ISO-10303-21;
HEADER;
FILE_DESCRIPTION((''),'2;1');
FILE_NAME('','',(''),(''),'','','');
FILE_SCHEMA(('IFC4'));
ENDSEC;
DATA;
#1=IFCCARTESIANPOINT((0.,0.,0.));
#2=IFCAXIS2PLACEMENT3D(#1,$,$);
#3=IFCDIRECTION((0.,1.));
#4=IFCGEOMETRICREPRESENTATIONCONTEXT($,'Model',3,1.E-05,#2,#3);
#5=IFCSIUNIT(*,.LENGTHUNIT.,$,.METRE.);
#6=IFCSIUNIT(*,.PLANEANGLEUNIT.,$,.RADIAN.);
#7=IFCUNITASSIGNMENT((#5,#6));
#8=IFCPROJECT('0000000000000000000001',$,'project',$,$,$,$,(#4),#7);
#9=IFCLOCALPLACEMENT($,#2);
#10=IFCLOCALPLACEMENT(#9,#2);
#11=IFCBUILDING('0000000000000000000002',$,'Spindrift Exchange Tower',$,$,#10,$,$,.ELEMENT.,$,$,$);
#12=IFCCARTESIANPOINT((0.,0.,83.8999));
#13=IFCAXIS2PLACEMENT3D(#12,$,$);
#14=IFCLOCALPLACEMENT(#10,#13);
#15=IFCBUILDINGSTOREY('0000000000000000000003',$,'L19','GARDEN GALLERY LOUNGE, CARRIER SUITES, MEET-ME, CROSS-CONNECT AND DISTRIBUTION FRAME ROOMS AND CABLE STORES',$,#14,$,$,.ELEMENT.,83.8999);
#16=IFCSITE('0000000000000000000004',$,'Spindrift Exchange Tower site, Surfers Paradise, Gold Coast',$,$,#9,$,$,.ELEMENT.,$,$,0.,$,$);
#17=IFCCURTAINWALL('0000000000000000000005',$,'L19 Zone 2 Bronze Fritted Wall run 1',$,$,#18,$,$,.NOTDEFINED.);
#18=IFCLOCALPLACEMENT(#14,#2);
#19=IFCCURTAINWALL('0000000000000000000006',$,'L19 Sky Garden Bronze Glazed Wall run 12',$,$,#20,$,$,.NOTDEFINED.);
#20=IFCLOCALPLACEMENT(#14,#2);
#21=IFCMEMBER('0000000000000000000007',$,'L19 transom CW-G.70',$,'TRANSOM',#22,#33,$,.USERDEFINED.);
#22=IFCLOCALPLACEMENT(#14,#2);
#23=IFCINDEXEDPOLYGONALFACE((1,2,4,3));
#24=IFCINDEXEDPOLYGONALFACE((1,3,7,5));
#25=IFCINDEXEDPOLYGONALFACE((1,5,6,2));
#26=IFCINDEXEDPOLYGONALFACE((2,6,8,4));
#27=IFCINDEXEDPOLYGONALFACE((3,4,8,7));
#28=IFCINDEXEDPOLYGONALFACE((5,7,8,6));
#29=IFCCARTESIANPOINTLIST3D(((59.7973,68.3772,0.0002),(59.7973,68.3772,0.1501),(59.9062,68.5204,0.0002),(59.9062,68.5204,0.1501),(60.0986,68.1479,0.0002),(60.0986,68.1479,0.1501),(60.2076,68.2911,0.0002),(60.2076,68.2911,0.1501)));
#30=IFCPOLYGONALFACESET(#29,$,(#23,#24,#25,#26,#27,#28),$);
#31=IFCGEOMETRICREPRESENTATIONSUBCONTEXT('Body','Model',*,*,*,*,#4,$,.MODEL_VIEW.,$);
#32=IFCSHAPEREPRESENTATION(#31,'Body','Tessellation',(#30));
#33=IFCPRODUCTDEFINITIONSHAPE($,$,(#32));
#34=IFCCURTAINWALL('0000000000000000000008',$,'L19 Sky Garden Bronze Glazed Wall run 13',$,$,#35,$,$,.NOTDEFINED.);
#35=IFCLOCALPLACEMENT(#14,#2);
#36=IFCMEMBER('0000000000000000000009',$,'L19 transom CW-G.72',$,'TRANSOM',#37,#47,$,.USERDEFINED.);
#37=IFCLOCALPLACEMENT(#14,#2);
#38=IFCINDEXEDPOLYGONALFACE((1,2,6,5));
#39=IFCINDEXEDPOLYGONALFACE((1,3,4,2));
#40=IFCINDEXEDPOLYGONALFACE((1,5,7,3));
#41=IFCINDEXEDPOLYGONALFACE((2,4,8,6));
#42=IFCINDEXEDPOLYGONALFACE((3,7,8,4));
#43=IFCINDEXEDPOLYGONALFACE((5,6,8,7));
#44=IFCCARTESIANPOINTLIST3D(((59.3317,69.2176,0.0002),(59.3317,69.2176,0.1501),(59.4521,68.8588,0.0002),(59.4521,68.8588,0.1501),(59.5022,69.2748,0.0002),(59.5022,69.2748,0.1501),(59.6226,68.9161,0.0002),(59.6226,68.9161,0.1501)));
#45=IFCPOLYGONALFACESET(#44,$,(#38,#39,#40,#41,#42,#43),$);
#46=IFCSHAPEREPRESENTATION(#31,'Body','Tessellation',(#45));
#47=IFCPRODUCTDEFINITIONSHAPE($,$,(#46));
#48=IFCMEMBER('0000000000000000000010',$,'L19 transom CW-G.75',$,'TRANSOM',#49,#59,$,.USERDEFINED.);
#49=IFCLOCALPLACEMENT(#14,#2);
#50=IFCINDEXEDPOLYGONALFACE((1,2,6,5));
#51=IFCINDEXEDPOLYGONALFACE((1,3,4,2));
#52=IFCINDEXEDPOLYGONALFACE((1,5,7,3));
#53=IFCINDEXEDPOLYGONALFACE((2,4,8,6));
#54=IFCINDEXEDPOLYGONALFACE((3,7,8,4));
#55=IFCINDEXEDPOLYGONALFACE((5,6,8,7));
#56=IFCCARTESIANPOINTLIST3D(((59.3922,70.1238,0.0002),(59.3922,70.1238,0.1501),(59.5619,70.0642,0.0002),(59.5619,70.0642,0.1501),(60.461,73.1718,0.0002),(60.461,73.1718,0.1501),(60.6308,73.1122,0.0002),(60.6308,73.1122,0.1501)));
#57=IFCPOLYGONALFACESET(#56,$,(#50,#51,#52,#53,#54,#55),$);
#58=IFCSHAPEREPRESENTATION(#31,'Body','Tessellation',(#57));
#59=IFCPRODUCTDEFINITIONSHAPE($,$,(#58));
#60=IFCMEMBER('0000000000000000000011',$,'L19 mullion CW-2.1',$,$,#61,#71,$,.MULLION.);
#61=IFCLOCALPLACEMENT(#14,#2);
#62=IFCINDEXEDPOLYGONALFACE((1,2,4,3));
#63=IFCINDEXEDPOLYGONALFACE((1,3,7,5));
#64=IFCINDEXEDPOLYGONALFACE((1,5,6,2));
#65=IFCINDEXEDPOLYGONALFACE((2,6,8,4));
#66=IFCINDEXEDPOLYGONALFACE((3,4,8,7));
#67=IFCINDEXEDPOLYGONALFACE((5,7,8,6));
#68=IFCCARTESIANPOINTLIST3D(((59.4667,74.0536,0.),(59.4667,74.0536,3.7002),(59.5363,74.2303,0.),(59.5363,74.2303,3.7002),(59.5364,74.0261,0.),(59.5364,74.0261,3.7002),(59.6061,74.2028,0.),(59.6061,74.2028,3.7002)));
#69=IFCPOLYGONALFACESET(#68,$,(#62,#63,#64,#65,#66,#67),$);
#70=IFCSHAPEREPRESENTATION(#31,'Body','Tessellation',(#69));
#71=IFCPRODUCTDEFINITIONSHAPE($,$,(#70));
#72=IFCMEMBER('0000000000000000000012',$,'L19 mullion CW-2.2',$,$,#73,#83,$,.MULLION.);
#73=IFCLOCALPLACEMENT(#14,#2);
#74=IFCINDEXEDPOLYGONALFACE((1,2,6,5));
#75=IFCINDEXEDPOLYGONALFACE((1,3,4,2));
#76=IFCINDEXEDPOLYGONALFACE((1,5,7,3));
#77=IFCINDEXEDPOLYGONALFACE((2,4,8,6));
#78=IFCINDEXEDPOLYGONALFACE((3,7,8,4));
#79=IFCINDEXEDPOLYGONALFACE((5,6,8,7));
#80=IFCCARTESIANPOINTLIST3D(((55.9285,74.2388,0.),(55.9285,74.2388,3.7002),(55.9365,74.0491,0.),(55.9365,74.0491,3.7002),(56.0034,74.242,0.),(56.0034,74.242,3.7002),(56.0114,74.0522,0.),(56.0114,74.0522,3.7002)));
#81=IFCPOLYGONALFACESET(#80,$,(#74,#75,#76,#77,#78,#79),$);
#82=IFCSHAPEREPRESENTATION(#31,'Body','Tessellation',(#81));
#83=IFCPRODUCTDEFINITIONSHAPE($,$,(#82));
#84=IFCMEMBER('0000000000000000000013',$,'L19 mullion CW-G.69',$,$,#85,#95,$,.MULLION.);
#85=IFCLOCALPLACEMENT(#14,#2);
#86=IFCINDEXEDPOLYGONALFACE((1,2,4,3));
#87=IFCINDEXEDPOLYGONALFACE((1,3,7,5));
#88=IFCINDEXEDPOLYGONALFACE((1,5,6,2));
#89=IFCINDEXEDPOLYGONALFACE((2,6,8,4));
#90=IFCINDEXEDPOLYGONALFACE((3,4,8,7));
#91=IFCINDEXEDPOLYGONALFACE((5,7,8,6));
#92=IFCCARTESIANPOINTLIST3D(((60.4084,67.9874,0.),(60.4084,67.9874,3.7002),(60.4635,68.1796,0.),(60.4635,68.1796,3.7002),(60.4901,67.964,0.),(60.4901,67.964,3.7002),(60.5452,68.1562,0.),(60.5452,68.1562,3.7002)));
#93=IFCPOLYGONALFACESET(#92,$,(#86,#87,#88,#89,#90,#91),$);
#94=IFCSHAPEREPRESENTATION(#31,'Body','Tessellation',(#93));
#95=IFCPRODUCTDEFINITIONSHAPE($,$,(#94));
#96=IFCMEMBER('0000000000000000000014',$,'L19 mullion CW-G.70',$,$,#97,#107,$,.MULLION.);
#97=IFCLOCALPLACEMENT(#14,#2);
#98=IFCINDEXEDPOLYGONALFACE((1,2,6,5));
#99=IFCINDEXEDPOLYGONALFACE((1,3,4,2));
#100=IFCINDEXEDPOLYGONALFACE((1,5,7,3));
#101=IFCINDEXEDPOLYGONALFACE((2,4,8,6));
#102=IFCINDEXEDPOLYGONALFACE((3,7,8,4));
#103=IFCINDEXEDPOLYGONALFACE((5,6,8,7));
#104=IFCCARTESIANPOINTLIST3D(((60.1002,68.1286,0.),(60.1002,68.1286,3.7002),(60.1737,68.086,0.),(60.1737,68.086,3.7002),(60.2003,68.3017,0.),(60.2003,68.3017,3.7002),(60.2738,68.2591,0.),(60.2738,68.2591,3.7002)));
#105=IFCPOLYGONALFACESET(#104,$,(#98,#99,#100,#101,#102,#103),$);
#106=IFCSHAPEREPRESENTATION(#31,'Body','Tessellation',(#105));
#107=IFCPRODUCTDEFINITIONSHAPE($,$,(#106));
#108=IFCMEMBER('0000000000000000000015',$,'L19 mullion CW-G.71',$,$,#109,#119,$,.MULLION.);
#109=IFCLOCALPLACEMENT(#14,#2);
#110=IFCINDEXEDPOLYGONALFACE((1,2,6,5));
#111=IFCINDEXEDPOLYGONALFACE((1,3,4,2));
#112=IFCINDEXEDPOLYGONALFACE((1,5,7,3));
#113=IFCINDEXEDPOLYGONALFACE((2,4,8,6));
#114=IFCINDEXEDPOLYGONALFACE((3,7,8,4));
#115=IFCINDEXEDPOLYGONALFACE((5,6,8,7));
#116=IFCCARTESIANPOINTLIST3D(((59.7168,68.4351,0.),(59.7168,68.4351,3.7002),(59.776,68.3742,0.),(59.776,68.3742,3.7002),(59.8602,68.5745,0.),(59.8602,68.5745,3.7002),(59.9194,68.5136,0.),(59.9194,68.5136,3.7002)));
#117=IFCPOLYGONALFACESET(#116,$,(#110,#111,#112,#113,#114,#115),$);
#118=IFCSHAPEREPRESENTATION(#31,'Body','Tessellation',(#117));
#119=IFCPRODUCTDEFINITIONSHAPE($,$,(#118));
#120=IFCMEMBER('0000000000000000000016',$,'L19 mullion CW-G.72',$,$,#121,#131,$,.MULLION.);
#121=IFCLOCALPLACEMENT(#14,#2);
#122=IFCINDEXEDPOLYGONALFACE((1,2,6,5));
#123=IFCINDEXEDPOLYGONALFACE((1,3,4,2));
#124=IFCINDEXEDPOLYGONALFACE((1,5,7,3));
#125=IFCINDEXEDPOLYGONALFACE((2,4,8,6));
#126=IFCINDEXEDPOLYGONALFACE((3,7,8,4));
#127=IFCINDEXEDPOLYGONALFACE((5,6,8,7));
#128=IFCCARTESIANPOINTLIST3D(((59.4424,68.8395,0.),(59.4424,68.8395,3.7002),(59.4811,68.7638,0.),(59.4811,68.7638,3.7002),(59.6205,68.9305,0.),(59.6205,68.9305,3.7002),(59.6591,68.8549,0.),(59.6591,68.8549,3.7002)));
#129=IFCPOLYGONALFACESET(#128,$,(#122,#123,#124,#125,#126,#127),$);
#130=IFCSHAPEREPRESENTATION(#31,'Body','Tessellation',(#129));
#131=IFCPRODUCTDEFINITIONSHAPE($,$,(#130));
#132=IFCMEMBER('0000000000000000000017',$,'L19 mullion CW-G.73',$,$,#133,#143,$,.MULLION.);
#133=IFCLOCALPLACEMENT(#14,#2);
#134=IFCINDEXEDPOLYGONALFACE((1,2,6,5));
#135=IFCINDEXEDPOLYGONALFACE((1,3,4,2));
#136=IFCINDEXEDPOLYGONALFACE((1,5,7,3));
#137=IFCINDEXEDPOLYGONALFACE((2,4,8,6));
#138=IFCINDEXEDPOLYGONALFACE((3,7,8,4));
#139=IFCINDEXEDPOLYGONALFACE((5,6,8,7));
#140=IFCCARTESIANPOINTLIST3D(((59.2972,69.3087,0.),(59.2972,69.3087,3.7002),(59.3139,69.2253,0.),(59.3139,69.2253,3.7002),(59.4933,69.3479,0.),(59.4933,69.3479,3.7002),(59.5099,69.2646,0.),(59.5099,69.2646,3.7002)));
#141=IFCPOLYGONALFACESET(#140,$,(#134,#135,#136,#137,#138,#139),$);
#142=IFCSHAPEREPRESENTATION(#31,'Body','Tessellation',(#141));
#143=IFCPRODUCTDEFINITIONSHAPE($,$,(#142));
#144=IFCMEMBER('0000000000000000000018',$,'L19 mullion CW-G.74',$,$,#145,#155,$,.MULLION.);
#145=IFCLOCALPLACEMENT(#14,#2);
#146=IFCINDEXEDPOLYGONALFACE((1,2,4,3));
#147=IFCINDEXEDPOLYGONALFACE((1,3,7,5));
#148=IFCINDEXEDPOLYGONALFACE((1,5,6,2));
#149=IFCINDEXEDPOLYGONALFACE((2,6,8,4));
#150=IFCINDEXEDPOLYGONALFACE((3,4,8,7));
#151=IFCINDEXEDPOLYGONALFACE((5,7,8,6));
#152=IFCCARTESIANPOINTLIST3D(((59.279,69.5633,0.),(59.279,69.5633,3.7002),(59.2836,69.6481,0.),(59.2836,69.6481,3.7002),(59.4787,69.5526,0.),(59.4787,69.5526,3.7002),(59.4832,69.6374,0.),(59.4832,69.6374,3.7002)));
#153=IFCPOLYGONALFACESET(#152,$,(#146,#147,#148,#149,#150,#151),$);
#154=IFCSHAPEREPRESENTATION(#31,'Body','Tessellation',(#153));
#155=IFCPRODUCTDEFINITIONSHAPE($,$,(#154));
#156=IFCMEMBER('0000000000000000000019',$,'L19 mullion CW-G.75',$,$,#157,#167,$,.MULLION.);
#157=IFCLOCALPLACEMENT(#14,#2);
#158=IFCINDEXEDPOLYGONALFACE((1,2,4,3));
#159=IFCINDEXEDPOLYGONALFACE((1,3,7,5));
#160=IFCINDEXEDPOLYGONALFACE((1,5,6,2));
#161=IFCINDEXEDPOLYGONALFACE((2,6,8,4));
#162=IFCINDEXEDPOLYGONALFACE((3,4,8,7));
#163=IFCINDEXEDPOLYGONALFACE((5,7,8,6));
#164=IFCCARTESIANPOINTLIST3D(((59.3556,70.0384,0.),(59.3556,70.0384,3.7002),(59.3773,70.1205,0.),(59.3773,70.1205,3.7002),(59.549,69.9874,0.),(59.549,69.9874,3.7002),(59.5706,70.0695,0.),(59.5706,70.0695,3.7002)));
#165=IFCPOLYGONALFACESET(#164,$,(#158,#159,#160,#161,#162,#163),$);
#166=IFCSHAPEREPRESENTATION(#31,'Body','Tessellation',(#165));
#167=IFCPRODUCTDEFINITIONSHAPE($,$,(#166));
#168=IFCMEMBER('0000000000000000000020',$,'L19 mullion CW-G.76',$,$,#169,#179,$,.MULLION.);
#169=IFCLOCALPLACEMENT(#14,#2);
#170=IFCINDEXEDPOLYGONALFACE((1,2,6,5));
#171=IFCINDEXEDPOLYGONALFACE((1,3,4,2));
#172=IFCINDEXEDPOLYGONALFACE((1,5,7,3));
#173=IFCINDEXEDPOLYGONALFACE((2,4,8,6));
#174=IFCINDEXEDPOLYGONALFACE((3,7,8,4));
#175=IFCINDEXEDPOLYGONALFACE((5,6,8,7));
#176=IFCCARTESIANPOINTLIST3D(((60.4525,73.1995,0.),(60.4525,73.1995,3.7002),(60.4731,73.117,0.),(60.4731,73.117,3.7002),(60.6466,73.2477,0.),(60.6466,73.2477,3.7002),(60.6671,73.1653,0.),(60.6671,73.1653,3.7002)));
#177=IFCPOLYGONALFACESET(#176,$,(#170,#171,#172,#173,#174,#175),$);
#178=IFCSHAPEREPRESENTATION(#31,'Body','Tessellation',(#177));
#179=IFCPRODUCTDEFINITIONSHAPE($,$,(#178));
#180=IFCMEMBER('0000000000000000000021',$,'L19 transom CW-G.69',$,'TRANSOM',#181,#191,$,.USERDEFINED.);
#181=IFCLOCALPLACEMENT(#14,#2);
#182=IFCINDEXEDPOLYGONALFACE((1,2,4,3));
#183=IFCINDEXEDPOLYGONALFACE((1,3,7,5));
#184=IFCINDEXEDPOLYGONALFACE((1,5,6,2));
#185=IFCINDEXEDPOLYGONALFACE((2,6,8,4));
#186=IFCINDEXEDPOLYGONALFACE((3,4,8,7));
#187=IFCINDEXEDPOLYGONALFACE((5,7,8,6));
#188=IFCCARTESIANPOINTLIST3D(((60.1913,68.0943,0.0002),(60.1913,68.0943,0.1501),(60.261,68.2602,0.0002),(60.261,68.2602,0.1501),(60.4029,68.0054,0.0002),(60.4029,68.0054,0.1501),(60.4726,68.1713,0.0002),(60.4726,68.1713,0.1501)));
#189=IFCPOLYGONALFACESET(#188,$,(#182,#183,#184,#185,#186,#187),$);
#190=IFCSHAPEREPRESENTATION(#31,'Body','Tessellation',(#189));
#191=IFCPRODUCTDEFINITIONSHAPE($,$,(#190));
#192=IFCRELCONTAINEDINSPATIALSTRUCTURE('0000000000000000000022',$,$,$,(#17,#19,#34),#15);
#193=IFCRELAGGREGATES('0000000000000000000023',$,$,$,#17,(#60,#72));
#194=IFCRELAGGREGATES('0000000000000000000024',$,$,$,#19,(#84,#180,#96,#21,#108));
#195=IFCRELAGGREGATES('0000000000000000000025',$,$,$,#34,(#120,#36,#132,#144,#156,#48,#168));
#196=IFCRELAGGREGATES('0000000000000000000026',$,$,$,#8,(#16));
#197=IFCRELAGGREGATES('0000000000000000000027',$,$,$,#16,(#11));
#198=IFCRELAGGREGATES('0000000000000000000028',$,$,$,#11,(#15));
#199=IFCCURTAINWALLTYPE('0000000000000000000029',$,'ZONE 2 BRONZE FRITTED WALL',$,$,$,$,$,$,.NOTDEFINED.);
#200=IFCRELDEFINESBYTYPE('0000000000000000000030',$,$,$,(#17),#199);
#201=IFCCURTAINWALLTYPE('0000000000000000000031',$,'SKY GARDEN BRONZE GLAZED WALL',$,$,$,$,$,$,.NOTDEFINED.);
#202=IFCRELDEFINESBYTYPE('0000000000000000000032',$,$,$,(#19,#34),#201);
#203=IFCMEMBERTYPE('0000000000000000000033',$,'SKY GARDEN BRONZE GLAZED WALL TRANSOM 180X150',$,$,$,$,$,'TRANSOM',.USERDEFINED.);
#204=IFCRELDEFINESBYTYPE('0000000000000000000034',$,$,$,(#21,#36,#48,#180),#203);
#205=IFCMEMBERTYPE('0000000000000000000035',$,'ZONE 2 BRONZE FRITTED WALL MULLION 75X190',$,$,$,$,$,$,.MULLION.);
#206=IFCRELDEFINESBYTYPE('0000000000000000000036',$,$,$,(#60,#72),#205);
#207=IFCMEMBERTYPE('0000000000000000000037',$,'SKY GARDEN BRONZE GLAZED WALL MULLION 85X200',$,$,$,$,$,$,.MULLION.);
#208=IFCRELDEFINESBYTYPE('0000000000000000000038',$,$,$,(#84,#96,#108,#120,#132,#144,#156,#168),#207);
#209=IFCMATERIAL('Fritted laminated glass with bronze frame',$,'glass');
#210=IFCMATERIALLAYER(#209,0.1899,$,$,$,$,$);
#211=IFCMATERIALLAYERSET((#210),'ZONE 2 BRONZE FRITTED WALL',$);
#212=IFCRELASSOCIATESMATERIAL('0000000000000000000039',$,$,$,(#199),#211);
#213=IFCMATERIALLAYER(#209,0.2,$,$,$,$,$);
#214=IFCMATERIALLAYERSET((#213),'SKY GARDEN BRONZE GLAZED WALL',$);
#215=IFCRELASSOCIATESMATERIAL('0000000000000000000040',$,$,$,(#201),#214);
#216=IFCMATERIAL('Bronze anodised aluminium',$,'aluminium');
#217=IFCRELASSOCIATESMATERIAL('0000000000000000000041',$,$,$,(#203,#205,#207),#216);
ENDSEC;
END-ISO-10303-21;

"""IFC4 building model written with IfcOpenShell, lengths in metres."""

from ifc_helpers import new_model, si_unit, direction, frame, origin, origin_2d, place, context, subcontext, project, spatial, rectangle, extrude, source, transform, mapped, material, layer, layer_set, material_profile, profile_set, type_object, element, aggregate, save


model = new_model("IFC4")

# Units and contexts
model_context = context("Model", 3, precision=1e-05, world=origin(), true_north=direction((0.0, 1.0)))
body_context = subcontext(model_context, "Body", "Model", "MODEL_VIEW")
ifc_project = project(units=[si_unit("LENGTHUNIT", "METRE"), si_unit("PLANEANGLEUNIT", "RADIAN")], contexts=[model_context])

# Site, building, storey
site_placement = place(None, origin())
site = spatial("IfcSite", under=ifc_project, at=site_placement, Name="Spindrift Exchange Tower site, Surfers Paradise, Gold Coast", CompositionType="ELEMENT", RefElevation=0.0)
building_placement = place(site_placement, origin())
building = spatial("IfcBuilding", under=site, at=building_placement, Name="Spindrift Exchange Tower", CompositionType="ELEMENT")
storey_placement = place(building_placement, frame((0.0, 0.0, 83.8999)))
storey = spatial("IfcBuildingStorey", under=building, at=storey_placement, Name="L19", Description="GARDEN GALLERY LOUNGE, CARRIER SUITES, MEET-ME, CROSS-CONNECT AND DISTRIBUTION FRAME ROOMS AND CABLE STORES", CompositionType="ELEMENT", Elevation=83.8999)

# Curtain wall
ifc_material_1 = material(Name="Fritted laminated glass with bronze frame", Category="glass")
ifc_layer_1 = layer(ifc_material_1, 0.1899)
ifc_layer_set_1 = layer_set([ifc_layer_1], Name="ZONE 2 BRONZE FRITTED WALL")
curtain_wall_type_1 = type_object("IfcCurtainWallType", Name="ZONE 2 BRONZE FRITTED WALL", PredefinedType="NOTDEFINED", material=ifc_layer_set_1)
curtain_wall_1_placement = place(storey_placement, origin())
curtain_wall_1 = element("IfcCurtainWall", 1, at=curtain_wall_1_placement, inside=storey, type_object=curtain_wall_type_1, Name="L19 Zone 2 Bronze Fritted Wall run 1", PredefinedType="NOTDEFINED")
ifc_material_2 = material(Name="Bronze anodised aluminium", Category="aluminium")

# Curtain wall, member
ifc_layer_2 = layer(ifc_material_1, 0.2)
ifc_layer_set_2 = layer_set([ifc_layer_2], Name="SKY GARDEN BRONZE GLAZED WALL")
curtain_wall_type_2 = type_object("IfcCurtainWallType", Name="SKY GARDEN BRONZE GLAZED WALL", PredefinedType="NOTDEFINED", material=ifc_layer_set_2)
curtain_wall_2_placement = place(storey_placement, origin())
curtain_wall_2 = element("IfcCurtainWall", 2, at=curtain_wall_2_placement, inside=storey, type_object=curtain_wall_type_2, Name="L19 Sky Garden Bronze Glazed Wall run 12", PredefinedType="NOTDEFINED")
ifc_material_profile_1 = material_profile(ifc_material_2, rectangle(XDim=0.1799, YDim=0.1499, at=origin_2d()), Name="SKY GARDEN BRONZE GLAZED WALL TRANSOM 180X150")
ifc_profile_set_1 = profile_set([ifc_material_profile_1], Name="Bronze anodised aluminium")
member_type_1 = type_object("IfcMemberType", Name="SKY GARDEN BRONZE GLAZED WALL TRANSOM 180X150", ElementType="TRANSOM", PredefinedType="USERDEFINED", material=ifc_profile_set_1)
shared_shape_1 = source(origin(), body_context, "Body", "SweptSolid", [
    extrude(rectangle(XDim=0.1799, YDim=0.1499, at=origin_2d()), origin(), (0.0, 0.0, 1.0), 0.3787),
])
member_1_placement = place(storey_placement, frame((60.1531, 68.2195, 0.0752), z_axis=(-0.795802, 0.605557, 0.0), x_axis=(-0.605557, -0.795802, 0.0)))
member_1 = element("IfcMember", 3, at=member_1_placement, type_object=member_type_1, Name="L19 transom CW-G.70", ObjectType="TRANSOM", PredefinedType="USERDEFINED", context=body_context, shape_type="MappedRepresentation", body=[
    mapped(shared_shape_1, transform((0.0, 0.0, 0.0), scale=1.0)),
])

# Curtain wall, members
curtain_wall_3_placement = place(storey_placement, origin())
curtain_wall_3 = element("IfcCurtainWall", 4, at=curtain_wall_3_placement, inside=storey, type_object=curtain_wall_type_2, Name="L19 Sky Garden Bronze Glazed Wall run 13", PredefinedType="NOTDEFINED")
shared_shape_2 = source(origin(), body_context, "Body", "SweptSolid", [
    extrude(rectangle(XDim=0.1799, YDim=0.1499, at=origin_2d()), origin(), (0.0, 0.0, 1.0), 0.3784),
])
member_2_placement = place(storey_placement, frame((59.5374, 68.8875, 0.0752), z_axis=(-0.318163, 0.948036, 0.0), x_axis=(-0.948036, -0.318163, 0.0)))
member_2 = element("IfcMember", 5, at=member_2_placement, type_object=member_type_1, Name="L19 transom CW-G.72", ObjectType="TRANSOM", PredefinedType="USERDEFINED", context=body_context, shape_type="MappedRepresentation", body=[
    mapped(shared_shape_2, transform((0.0, 0.0, 0.0), scale=1.0)),
])
shared_shape_3 = source(origin(), body_context, "Body", "SweptSolid", [
    extrude(rectangle(XDim=0.1799, YDim=0.1499, at=origin_2d()), origin(), (0.0, 0.0, 1.0), 3.23),
])
member_3_placement = place(storey_placement, frame((59.4771, 70.094, 0.0752), z_axis=(0.330906, 0.943664, 0.0), x_axis=(-0.943664, 0.330906, 0.0)))
member_3 = element("IfcMember", 6, at=member_3_placement, type_object=member_type_1, Name="L19 transom CW-G.75", ObjectType="TRANSOM", PredefinedType="USERDEFINED", context=body_context, shape_type="MappedRepresentation", body=[
    mapped(shared_shape_3, transform((0.0, 0.0, 0.0), scale=1.0)),
])

# Members
ifc_material_profile_2 = material_profile(ifc_material_2, rectangle(XDim=0.075, YDim=0.1899, at=origin_2d()), Name="ZONE 2 BRONZE FRITTED WALL MULLION 75X190")
ifc_profile_set_2 = profile_set([ifc_material_profile_2], Name="Bronze anodised aluminium")
member_type_2 = type_object("IfcMemberType", Name="ZONE 2 BRONZE FRITTED WALL MULLION 75X190", PredefinedType="MULLION", material=ifc_profile_set_2)
shared_shape_4 = source(origin(), body_context, "Body", "SweptSolid", [
    extrude(rectangle(XDim=0.075, YDim=0.1899, at=origin_2d()), origin(), (0.0, 0.0, 1.0), 3.7002),
])
member_4_placement = place(storey_placement, frame((59.5364, 74.1282, 0.0), z_axis=(0.0, 0.0, 1.0), x_axis=(-0.930363, 0.36664, 0.0)))
member_4 = element("IfcMember", 7, at=member_4_placement, type_object=member_type_2, Name="L19 mullion CW-2.1", PredefinedType="MULLION", context=body_context, shape_type="MappedRepresentation", body=[
    mapped(shared_shape_4, transform((0.0, 0.0, 0.0), scale=1.0)),
])
member_5_placement = place(storey_placement, frame((55.97, 74.1455, 0.0), z_axis=(0.0, 0.0, 1.0), x_axis=(-0.999121, -0.041907, 0.0)))
member_5 = element("IfcMember", 8, at=member_5_placement, type_object=member_type_2, Name="L19 mullion CW-2.2", PredefinedType="MULLION", context=body_context, shape_type="MappedRepresentation", body=[
    mapped(shared_shape_4, transform((0.0, 0.0, 0.0), scale=1.0)),
])
ifc_material_profile_3 = material_profile(ifc_material_2, rectangle(XDim=0.085, YDim=0.2, at=origin_2d()), Name="SKY GARDEN BRONZE GLAZED WALL MULLION 85X200")
ifc_profile_set_3 = profile_set([ifc_material_profile_3], Name="Bronze anodised aluminium")
member_type_3 = type_object("IfcMemberType", Name="SKY GARDEN BRONZE GLAZED WALL MULLION 85X200", PredefinedType="MULLION", material=ifc_profile_set_3)
shared_shape_5 = source(origin(), body_context, "Body", "SweptSolid", [
    extrude(rectangle(XDim=0.085, YDim=0.2, at=origin_2d()), origin(), (0.0, 0.0, 1.0), 3.7002),
])
member_6_placement = place(storey_placement, frame((60.4768, 68.0718, 0.0), z_axis=(0.0, 0.0, 1.0), x_axis=(-0.961221, 0.275779, 0.0)))
member_6 = element("IfcMember", 9, at=member_6_placement, type_object=member_type_3, Name="L19 mullion CW-G.69", PredefinedType="MULLION", context=body_context, shape_type="MappedRepresentation", body=[
    mapped(shared_shape_5, transform((0.0, 0.0, 0.0), scale=1.0)),
])
member_7_placement = place(storey_placement, frame((60.187, 68.1938, 0.0), z_axis=(0.0, 0.0, 1.0), x_axis=(-0.865702, 0.50056, 0.0)))
member_7 = element("IfcMember", 10, at=member_7_placement, type_object=member_type_3, Name="L19 mullion CW-G.70", PredefinedType="MULLION", context=body_context, shape_type="MappedRepresentation", body=[
    mapped(shared_shape_5, transform((0.0, 0.0, 0.0), scale=1.0)),
])
member_8_placement = place(storey_placement, frame((59.8181, 68.4744, 0.0), z_axis=(0.0, 0.0, 1.0), x_axis=(-0.697039, 0.717033, 0.0)))
member_8 = element("IfcMember", 11, at=member_8_placement, type_object=member_type_3, Name="L19 mullion CW-G.71", PredefinedType="MULLION", context=body_context, shape_type="MappedRepresentation", body=[
    mapped(shared_shape_5, transform((0.0, 0.0, 0.0), scale=1.0)),
])
member_9_placement = place(storey_placement, frame((59.5508, 68.8472, 0.0), z_axis=(0.0, 0.0, 1.0), x_axis=(-0.455316, 0.89033, 0.0)))
member_9 = element("IfcMember", 12, at=member_9_placement, type_object=member_type_3, Name="L19 mullion CW-G.72", PredefinedType="MULLION", context=body_context, shape_type="MappedRepresentation", body=[
    mapped(shared_shape_5, transform((0.0, 0.0, 0.0), scale=1.0)),
])
member_10_placement = place(storey_placement, frame((59.4036, 69.2866, 0.0), z_axis=(0.0, 0.0, 1.0), x_axis=(-0.196236, 0.980557, 0.0)))
member_10 = element("IfcMember", 13, at=member_10_placement, type_object=member_type_3, Name="L19 mullion CW-G.73", PredefinedType="MULLION", context=body_context, shape_type="MappedRepresentation", body=[
    mapped(shared_shape_5, transform((0.0, 0.0, 0.0), scale=1.0)),
])
member_11_placement = place(storey_placement, frame((59.3811, 69.6003, 0.0), z_axis=(0.0, 0.0, 1.0), x_axis=(0.053714, 0.998556, 0.0)))
member_11 = element("IfcMember", 14, at=member_11_placement, type_object=member_type_3, Name="L19 mullion CW-G.74", PredefinedType="MULLION", context=body_context, shape_type="MappedRepresentation", body=[
    mapped(shared_shape_5, transform((0.0, 0.0, 0.0), scale=1.0)),
])
member_12_placement = place(storey_placement, frame((59.4631, 70.054, 0.0), z_axis=(0.0, 0.0, 1.0), x_axis=(0.255274, 0.966869, 0.0)))
member_12 = element("IfcMember", 15, at=member_12_placement, type_object=member_type_3, Name="L19 mullion CW-G.75", PredefinedType="MULLION", context=body_context, shape_type="MappedRepresentation", body=[
    mapped(shared_shape_5, transform((0.0, 0.0, 0.0), scale=1.0)),
])
member_13_placement = place(storey_placement, frame((60.5598, 73.1824, 0.0), z_axis=(0.0, 0.0, 1.0), x_axis=(-0.241404, 0.970425, 0.0)))
member_13 = element("IfcMember", 16, at=member_13_placement, type_object=member_type_3, Name="L19 mullion CW-G.76", PredefinedType="MULLION", context=body_context, shape_type="MappedRepresentation", body=[
    mapped(shared_shape_5, transform((0.0, 0.0, 0.0), scale=1.0)),
])
shared_shape_6 = source(origin(), body_context, "Body", "SweptSolid", [
    extrude(rectangle(XDim=0.1799, YDim=0.1499, at=origin_2d()), origin(), (0.0, 0.0, 1.0), 0.2295),
])
member_14_placement = place(storey_placement, frame((60.4377, 68.0884, 0.0752), z_axis=(-0.922035, 0.387106, 0.0), x_axis=(-0.387106, -0.922035, 0.0)))
member_14 = element("IfcMember", 17, at=member_14_placement, type_object=member_type_1, Name="L19 transom CW-G.69", ObjectType="TRANSOM", PredefinedType="USERDEFINED", context=body_context, shape_type="MappedRepresentation", body=[
    mapped(shared_shape_6, transform((0.0, 0.0, 0.0), scale=1.0)),
])

aggregate(curtain_wall_1, [member_4, member_5])
aggregate(curtain_wall_2, [member_6, member_14, member_7, member_1, member_8])
aggregate(curtain_wall_3, [member_9, member_2, member_10, member_11, member_12, member_3, member_13])

save(model, "model.ifc")
